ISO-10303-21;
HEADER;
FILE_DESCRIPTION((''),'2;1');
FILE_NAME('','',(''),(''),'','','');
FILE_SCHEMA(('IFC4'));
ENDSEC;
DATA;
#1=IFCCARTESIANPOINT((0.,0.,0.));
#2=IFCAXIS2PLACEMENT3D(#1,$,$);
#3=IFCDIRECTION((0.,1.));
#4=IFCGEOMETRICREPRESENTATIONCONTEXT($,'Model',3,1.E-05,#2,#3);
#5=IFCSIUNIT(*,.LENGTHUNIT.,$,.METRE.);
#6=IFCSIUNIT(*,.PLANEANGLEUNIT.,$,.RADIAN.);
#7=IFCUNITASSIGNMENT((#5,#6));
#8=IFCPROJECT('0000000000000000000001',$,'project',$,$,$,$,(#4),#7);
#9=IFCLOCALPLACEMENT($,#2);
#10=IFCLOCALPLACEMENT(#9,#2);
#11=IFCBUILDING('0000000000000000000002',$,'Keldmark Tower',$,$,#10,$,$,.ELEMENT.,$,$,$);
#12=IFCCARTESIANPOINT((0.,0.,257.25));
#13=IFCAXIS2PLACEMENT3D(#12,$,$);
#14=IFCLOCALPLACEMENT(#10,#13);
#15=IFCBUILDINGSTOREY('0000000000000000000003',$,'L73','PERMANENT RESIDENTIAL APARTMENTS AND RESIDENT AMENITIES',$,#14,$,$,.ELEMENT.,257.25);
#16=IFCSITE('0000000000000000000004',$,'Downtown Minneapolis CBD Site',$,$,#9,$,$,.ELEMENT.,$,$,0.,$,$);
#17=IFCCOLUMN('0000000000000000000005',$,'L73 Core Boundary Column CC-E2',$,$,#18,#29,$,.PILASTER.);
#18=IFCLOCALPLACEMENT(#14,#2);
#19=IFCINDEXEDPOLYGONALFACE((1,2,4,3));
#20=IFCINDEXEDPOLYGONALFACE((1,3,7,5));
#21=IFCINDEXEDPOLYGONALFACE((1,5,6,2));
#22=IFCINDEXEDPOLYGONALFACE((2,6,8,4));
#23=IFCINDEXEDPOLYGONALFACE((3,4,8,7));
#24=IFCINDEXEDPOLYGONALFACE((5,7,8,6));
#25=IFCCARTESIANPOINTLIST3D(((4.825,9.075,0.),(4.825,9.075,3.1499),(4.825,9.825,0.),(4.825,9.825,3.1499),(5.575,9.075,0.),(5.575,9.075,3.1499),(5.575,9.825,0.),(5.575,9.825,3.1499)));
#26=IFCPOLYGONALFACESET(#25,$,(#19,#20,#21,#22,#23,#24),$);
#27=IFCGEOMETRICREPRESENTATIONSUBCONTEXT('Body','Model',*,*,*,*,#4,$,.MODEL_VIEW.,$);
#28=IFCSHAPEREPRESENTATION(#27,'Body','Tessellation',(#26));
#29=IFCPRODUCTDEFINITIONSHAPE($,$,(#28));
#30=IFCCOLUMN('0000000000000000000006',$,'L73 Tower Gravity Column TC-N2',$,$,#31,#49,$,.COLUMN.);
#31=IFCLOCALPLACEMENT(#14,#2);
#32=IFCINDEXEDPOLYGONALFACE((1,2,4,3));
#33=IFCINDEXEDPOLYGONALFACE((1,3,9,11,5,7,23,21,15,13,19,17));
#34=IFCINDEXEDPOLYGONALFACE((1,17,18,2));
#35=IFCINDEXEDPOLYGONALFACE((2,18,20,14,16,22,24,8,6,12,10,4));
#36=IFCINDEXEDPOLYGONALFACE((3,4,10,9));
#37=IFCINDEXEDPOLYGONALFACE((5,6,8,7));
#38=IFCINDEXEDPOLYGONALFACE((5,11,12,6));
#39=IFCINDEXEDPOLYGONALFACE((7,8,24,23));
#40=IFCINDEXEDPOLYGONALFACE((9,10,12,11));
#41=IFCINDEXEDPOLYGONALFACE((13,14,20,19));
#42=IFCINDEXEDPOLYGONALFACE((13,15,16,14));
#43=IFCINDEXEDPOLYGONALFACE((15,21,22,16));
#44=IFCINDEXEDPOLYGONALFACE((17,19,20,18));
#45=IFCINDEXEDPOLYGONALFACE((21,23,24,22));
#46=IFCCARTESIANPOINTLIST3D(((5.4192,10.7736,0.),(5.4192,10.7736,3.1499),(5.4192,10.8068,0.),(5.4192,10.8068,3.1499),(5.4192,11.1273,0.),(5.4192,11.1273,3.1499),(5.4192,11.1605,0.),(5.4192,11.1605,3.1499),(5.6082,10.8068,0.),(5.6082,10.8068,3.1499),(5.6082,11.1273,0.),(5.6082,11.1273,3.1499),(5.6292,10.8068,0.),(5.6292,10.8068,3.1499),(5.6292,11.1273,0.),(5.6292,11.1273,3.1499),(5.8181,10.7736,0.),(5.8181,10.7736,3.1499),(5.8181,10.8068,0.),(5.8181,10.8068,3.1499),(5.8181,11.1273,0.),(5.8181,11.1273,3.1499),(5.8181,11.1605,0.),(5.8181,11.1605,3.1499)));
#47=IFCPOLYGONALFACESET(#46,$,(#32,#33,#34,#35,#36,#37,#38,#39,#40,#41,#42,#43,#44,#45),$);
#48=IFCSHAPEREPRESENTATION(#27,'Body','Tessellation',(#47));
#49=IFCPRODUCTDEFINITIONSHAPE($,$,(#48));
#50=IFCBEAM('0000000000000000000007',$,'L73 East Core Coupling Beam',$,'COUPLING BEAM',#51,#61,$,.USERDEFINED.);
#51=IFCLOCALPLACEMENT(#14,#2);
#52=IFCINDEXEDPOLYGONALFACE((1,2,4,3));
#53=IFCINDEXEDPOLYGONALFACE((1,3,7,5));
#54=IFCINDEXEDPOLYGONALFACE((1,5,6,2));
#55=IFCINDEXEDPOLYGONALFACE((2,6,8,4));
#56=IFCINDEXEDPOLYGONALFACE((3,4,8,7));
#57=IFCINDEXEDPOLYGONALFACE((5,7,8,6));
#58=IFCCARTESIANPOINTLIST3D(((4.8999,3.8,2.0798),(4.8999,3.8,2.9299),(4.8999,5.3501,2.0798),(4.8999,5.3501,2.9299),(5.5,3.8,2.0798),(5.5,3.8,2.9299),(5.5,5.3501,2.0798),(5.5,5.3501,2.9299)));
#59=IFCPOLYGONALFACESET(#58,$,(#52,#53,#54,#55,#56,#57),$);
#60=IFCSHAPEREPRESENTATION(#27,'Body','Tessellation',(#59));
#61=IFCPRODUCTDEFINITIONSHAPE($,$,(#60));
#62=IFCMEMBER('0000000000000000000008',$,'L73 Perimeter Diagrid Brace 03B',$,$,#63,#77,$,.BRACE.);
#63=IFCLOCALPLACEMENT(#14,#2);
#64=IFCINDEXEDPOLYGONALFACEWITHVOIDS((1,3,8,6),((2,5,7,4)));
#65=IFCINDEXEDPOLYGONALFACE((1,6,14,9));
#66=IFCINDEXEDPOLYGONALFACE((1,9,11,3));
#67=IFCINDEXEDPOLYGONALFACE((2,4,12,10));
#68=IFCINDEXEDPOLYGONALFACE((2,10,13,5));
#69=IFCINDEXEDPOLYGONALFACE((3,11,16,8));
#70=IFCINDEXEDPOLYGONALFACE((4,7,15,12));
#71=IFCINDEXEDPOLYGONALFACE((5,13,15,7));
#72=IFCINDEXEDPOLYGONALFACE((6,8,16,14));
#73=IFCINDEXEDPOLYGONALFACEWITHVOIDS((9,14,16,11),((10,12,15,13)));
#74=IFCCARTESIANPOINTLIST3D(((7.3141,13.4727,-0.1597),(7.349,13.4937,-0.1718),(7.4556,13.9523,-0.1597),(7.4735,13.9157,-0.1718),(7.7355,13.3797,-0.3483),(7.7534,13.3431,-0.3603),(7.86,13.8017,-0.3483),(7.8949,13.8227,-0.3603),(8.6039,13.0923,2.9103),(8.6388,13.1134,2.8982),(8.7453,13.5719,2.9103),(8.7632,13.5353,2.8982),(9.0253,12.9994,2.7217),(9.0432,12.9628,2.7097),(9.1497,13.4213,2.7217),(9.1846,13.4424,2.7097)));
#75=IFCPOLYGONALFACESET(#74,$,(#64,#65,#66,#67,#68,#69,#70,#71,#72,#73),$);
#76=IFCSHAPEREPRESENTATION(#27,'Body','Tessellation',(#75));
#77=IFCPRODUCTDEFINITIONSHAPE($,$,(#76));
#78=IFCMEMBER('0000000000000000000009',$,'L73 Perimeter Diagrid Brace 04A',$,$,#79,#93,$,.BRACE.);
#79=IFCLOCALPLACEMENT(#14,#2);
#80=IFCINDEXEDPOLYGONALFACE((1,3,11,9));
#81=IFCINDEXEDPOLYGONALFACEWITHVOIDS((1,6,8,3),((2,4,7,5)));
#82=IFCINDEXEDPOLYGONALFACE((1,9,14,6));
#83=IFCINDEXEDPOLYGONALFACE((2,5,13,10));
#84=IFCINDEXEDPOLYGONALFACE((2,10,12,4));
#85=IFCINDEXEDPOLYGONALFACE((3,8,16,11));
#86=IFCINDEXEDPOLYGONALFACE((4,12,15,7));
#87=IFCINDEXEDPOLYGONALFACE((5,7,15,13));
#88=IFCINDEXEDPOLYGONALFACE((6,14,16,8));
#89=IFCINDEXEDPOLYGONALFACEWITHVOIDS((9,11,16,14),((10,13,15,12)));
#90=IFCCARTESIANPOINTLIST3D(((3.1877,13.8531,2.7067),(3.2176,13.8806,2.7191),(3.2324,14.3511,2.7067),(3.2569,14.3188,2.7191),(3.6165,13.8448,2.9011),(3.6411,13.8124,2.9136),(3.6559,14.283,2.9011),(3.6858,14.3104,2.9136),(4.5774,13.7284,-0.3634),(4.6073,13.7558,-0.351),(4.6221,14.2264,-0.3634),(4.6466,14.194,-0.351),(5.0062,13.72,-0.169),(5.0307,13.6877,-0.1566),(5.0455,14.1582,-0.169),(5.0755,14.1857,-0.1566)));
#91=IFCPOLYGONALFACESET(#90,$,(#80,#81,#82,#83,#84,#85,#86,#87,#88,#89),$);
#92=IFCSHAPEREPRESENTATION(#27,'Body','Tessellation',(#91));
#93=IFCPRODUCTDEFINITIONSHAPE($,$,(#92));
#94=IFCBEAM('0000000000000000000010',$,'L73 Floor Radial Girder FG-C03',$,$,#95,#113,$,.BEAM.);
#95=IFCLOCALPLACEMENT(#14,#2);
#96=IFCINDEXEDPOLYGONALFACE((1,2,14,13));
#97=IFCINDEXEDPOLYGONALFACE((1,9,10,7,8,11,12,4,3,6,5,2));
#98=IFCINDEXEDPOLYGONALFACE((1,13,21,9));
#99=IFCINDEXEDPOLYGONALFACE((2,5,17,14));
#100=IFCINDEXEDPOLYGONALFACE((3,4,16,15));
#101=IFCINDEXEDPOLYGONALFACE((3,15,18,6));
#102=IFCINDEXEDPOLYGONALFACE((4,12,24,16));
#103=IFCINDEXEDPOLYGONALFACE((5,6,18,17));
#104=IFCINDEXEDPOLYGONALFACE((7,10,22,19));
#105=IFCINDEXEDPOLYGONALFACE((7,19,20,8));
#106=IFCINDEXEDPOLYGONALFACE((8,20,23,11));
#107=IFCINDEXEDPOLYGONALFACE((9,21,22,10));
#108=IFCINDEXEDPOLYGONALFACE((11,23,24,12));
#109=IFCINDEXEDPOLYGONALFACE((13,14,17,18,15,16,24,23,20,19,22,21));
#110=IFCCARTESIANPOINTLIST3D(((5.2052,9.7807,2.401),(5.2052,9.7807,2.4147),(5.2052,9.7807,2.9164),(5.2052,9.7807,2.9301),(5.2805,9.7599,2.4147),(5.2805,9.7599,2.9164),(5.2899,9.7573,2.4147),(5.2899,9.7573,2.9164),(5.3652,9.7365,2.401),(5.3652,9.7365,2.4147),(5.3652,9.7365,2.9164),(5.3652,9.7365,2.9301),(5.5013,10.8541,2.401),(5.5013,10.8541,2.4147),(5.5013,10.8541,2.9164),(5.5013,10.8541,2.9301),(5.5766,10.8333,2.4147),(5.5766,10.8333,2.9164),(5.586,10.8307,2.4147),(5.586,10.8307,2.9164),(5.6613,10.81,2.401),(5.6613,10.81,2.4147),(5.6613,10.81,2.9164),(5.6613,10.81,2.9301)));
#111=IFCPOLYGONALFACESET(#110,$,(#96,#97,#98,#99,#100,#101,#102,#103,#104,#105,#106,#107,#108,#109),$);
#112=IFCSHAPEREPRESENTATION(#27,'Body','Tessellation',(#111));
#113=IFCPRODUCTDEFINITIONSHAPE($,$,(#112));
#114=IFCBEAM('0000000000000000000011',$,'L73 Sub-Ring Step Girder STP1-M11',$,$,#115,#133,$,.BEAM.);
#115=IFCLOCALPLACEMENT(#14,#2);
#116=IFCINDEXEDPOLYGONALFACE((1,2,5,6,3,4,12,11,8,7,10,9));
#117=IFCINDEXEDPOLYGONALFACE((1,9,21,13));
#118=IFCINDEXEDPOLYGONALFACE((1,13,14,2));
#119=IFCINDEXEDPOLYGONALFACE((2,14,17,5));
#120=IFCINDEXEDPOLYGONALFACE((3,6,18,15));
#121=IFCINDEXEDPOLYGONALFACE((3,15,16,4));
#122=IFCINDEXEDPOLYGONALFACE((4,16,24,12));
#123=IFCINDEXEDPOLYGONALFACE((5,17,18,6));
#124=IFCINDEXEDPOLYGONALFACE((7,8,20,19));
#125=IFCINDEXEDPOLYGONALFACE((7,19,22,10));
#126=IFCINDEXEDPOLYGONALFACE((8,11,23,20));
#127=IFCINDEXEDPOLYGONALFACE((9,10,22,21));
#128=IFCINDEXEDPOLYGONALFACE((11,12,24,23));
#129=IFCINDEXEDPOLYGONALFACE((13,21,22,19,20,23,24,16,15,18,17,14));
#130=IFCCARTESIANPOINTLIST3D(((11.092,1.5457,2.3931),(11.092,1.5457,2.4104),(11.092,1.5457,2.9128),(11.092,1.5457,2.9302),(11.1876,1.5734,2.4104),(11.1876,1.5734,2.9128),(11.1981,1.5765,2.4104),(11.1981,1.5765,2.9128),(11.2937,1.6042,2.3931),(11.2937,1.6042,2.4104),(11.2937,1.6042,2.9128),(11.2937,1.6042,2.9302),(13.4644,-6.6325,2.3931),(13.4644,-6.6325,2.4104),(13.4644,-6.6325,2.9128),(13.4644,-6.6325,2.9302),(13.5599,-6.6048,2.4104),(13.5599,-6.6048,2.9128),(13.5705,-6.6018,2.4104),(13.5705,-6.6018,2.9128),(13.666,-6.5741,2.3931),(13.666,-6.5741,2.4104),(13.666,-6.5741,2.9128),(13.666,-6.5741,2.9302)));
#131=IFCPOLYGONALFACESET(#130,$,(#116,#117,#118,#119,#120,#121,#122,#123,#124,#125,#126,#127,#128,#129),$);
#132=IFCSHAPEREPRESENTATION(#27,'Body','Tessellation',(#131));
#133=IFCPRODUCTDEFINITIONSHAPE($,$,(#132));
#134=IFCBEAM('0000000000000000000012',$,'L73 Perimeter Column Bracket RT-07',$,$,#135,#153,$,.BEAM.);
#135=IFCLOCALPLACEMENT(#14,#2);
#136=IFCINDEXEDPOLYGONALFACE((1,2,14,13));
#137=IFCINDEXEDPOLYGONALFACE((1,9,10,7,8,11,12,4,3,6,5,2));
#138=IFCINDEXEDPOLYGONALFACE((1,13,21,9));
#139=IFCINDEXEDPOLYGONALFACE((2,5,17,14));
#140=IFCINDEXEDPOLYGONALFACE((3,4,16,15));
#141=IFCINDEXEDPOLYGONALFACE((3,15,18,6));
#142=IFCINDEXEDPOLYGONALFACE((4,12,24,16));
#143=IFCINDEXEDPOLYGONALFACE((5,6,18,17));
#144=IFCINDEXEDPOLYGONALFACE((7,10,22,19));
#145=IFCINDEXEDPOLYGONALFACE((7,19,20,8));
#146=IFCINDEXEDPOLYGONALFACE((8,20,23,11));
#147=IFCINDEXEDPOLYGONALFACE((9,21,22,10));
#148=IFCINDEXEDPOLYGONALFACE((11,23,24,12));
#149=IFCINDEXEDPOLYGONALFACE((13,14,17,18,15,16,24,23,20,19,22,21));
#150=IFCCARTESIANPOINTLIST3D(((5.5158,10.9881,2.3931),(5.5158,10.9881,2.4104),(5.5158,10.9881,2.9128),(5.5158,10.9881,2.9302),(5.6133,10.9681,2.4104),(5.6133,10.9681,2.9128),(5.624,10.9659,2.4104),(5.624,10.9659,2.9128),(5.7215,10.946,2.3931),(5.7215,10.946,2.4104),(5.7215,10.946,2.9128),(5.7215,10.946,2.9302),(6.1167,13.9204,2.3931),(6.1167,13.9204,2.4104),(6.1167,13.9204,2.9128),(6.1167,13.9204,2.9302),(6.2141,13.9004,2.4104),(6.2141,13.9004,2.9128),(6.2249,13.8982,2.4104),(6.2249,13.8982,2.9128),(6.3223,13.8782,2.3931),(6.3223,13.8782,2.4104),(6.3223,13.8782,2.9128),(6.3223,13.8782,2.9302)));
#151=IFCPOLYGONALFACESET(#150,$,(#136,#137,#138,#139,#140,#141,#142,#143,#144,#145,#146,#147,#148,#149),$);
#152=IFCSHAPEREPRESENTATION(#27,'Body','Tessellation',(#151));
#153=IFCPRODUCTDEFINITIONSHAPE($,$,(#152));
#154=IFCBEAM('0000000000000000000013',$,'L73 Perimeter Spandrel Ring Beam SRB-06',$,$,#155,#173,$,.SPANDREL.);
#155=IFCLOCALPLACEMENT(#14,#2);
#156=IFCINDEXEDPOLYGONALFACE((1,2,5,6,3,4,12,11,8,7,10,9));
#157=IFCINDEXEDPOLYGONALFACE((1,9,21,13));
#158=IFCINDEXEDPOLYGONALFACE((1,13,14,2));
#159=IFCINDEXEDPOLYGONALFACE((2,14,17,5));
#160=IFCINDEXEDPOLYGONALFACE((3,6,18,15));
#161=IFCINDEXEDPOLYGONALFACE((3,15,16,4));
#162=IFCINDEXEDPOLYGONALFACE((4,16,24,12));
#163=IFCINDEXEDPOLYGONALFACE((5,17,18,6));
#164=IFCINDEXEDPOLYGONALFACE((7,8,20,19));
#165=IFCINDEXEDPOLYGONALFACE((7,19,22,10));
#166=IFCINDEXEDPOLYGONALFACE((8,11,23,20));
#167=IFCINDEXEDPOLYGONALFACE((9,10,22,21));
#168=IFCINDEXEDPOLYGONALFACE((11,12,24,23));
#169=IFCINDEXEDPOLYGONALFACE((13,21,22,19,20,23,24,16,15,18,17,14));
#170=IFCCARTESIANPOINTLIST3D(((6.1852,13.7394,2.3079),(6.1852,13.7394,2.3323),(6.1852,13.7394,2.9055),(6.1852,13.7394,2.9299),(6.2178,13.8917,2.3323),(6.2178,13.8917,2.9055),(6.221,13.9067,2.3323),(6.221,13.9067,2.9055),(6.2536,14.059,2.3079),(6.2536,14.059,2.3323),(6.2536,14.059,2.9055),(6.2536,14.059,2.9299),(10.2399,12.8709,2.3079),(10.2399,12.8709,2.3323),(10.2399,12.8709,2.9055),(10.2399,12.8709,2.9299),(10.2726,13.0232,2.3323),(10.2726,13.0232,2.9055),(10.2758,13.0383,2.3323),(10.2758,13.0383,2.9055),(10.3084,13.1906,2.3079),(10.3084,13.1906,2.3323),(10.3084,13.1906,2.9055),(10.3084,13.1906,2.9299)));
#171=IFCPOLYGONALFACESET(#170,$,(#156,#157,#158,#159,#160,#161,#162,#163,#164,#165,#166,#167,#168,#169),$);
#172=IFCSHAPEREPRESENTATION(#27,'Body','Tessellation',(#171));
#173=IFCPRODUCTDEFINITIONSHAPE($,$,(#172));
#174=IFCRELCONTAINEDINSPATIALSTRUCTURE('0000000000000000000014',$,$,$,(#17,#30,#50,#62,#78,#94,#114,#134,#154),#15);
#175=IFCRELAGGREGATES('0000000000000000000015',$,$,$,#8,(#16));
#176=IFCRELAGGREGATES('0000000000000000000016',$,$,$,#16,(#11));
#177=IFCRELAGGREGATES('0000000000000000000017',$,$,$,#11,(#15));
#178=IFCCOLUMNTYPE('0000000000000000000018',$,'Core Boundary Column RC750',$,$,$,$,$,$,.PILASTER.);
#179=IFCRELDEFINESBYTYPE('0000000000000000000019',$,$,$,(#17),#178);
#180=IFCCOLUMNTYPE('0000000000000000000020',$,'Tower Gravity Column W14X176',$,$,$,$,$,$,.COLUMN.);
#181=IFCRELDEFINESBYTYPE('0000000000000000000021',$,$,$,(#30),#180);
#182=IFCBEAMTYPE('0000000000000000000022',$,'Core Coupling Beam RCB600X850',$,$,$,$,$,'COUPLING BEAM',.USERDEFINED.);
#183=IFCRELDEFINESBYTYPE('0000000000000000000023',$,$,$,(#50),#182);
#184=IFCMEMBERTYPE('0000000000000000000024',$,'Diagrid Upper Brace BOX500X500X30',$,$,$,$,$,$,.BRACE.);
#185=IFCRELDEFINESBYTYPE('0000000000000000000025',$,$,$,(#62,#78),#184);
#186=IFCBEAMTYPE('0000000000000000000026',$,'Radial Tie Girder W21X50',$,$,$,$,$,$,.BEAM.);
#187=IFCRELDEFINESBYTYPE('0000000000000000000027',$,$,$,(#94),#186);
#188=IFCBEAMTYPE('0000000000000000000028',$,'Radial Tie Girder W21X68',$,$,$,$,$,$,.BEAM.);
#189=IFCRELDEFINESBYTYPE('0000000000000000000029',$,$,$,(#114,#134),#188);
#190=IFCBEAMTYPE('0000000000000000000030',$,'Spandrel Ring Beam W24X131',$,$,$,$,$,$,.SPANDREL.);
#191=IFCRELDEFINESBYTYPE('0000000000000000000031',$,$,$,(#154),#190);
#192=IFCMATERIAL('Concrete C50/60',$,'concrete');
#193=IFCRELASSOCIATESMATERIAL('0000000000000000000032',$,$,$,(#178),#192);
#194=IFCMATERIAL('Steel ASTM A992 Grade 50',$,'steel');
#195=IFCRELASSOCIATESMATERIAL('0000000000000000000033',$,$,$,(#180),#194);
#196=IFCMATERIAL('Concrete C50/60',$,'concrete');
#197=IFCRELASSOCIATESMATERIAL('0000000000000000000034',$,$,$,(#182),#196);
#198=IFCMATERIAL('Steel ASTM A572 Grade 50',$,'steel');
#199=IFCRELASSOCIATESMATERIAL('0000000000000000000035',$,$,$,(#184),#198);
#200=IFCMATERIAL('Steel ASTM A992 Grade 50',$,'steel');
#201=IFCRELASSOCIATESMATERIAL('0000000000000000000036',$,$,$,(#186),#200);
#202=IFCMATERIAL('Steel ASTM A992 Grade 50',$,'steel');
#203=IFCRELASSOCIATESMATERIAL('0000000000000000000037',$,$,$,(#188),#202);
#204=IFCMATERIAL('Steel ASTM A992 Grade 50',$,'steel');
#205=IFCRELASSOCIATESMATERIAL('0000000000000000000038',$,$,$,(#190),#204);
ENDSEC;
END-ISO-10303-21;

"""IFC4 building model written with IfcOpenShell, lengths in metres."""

from ifc_helpers import new_model, si_unit, direction, frame, origin, origin_2d, place, context, subcontext, project, spatial, rectangle, hollow_rectangle, i_section, extrude, material, material_profile, profile_set, type_object, element, save


model = new_model("IFC4")

# Units and contexts
model_context = context("Model", 3, precision=1e-05, world=origin(), true_north=direction((0.0, 1.0)))
body_context = subcontext(model_context, "Body", "Model", "MODEL_VIEW")
ifc_project = project(units=[si_unit("LENGTHUNIT", "METRE"), si_unit("PLANEANGLEUNIT", "RADIAN")], contexts=[model_context])

# Site, building, storey
site_placement = place(None, origin())
site = spatial("IfcSite", under=ifc_project, at=site_placement, Name="Downtown Minneapolis CBD Site", CompositionType="ELEMENT", RefElevation=0.0)
building_placement = place(site_placement, origin())
building = spatial("IfcBuilding", under=site, at=building_placement, Name="Keldmark Tower", CompositionType="ELEMENT")
storey_placement = place(building_placement, frame((0.0, 0.0, 257.25)))
storey = spatial("IfcBuildingStorey", under=building, at=storey_placement, Name="L73", Description="PERMANENT RESIDENTIAL APARTMENTS AND RESIDENT AMENITIES", CompositionType="ELEMENT", Elevation=257.25)

# Columns
ifc_material_1 = material(Name="Concrete C50/60", Category="concrete")
ifc_material_profile_1 = material_profile(ifc_material_1, rectangle(XDim=0.75, YDim=0.75, at=origin_2d()), Name="RC750X750")
ifc_profile_set_1 = profile_set([ifc_material_profile_1], Name="Concrete C50/60")
column_type_1 = type_object("IfcColumnType", Name="Core Boundary Column RC750", PredefinedType="PILASTER", material=ifc_profile_set_1)
column_1_placement = place(storey_placement, frame((5.2, 9.45, 0.0), z_axis=(0.0, 0.0, 1.0), x_axis=(1.0, 0.0, 0.0)))
element("IfcColumn", 1, at=column_1_placement, inside=storey, type_object=column_type_1, Name="L73 Core Boundary Column CC-E2", PredefinedType="PILASTER", context=body_context, shape_type="SweptSolid", body=[
    extrude(rectangle(XDim=0.75, YDim=0.75, at=origin_2d()), origin(), (0.0, 0.0, 1.0), 3.1499),
])
ifc_material_2 = material(Name="Steel ASTM A992 Grade 50", Category="steel")
ifc_material_profile_2 = material_profile(ifc_material_2, i_section(OverallWidth=0.3989, OverallDepth=0.387, WebThickness=0.021, FlangeThickness=0.0332, at=origin_2d()), Name="W14X176")
ifc_profile_set_2 = profile_set([ifc_material_profile_2], Name="Steel ASTM A992 Grade 50")
column_type_2 = type_object("IfcColumnType", Name="Tower Gravity Column W14X176", PredefinedType="COLUMN", material=ifc_profile_set_2)
column_2_placement = place(storey_placement, frame((5.6187, 10.967, 0.0), z_axis=(0.0, 0.0, 1.0), x_axis=(1.0, 0.0, 0.0)))
element("IfcColumn", 2, at=column_2_placement, inside=storey, type_object=column_type_2, Name="L73 Tower Gravity Column TC-N2", PredefinedType="COLUMN", context=body_context, shape_type="SweptSolid", body=[
    extrude(i_section(OverallWidth=0.3989, OverallDepth=0.387, WebThickness=0.021, FlangeThickness=0.0332, at=origin_2d()), origin(), (0.0, 0.0, 1.0), 3.1499),
])

# Beam
ifc_material_3 = material(Name="Concrete C50/60", Category="concrete")
ifc_material_profile_3 = material_profile(ifc_material_3, rectangle(XDim=0.6001, YDim=0.8501, at=origin_2d()), Name="RCB600X850")
ifc_profile_set_3 = profile_set([ifc_material_profile_3], Name="Concrete C50/60")
beam_type_1 = type_object("IfcBeamType", Name="Core Coupling Beam RCB600X850", ElementType="COUPLING BEAM", PredefinedType="USERDEFINED", material=ifc_profile_set_3)
beam_1_placement = place(storey_placement, frame((5.2, 3.8, 2.5049), z_axis=(0.0, 1.0, 0.0), x_axis=(-1.0, 0.0, 0.0)))
element("IfcBeam", 3, at=beam_1_placement, inside=storey, type_object=beam_type_1, Name="L73 East Core Coupling Beam", ObjectType="COUPLING BEAM", PredefinedType="USERDEFINED", context=body_context, shape_type="SweptSolid", body=[
    extrude(rectangle(XDim=0.6001, YDim=0.8501, at=origin_2d()), origin(), (0.0, 0.0, 1.0), 1.55),
])

# Members
ifc_material_4 = material(Name="Steel ASTM A572 Grade 50", Category="steel")
ifc_material_profile_4 = material_profile(ifc_material_4, hollow_rectangle(XDim=0.5, YDim=0.5, WallThickness=0.03, at=origin_2d()), Name="BOX500X500X30")
ifc_profile_set_4 = profile_set([ifc_material_profile_4], Name="Steel ASTM A572 Grade 50")
member_type = type_object("IfcMemberType", Name="Diagrid Upper Brace BOX500X500X30", PredefinedType="BRACE", material=ifc_profile_set_4)
member_1_placement = place(storey_placement, frame((7.6045, 13.6477, -0.26), z_axis=(0.384824, -0.113488, 0.915987), x_axis=(0.282864, 0.95916, 0.0)))
element("IfcMember", 4, at=member_1_placement, inside=storey, type_object=member_type, Name="L73 Perimeter Diagrid Brace 03B", PredefinedType="BRACE", context=body_context, shape_type="SweptSolid", body=[
    extrude(hollow_rectangle(XDim=0.5, YDim=0.5, WallThickness=0.03, at=origin_2d()), origin(), (0.0, 0.0, 1.0), 3.3516),
])
member_2_placement = place(storey_placement, frame((4.8264, 13.957, -0.26), z_axis=(-0.412085, 0.036995, 0.910394), x_axis=(-0.089416, -0.995994, 0.0)))
element("IfcMember", 5, at=member_2_placement, inside=storey, type_object=member_type, Name="L73 Perimeter Diagrid Brace 04A", PredefinedType="BRACE", context=body_context, shape_type="SweptSolid", body=[
    extrude(hollow_rectangle(XDim=0.5, YDim=0.5, WallThickness=0.03, at=origin_2d()), origin(), (0.0, 0.0, 1.0), 3.3723),
])

# Beams
ifc_material_5 = material(Name="Steel ASTM A992 Grade 50", Category="steel")
ifc_material_profile_5 = material_profile(ifc_material_5, i_section(OverallWidth=0.166, OverallDepth=0.5291, WebThickness=0.0098, FlangeThickness=0.0137, at=origin_2d()), Name="W21X50")
ifc_profile_set_5 = profile_set([ifc_material_profile_5], Name="Steel ASTM A992 Grade 50")
beam_type_2 = type_object("IfcBeamType", Name="Radial Tie Girder W21X50", PredefinedType="BEAM", material=ifc_profile_set_5)
beam_2_placement = place(storey_placement, frame((5.5813, 10.832, 2.6655), z_axis=(-0.265936, -0.963991, 0.0), x_axis=(0.963991, -0.265936, 0.0)))
element("IfcBeam", 6, at=beam_2_placement, inside=storey, type_object=beam_type_2, Name="L73 Floor Radial Girder FG-C03", PredefinedType="BEAM", context=body_context, shape_type="SweptSolid", body=[
    extrude(i_section(OverallWidth=0.166, OverallDepth=0.5291, WebThickness=0.0098, FlangeThickness=0.0137, at=origin_2d()), origin(), (0.0, 0.0, 1.0), 1.1135),
])
ifc_material_6 = material(Name="Steel ASTM A992 Grade 50", Category="steel")
ifc_material_profile_6 = material_profile(ifc_material_6, i_section(OverallWidth=0.21, OverallDepth=0.5371, WebThickness=0.011, FlangeThickness=0.0173, at=origin_2d()), Name="W21X68")
ifc_profile_set_6 = profile_set([ifc_material_profile_6], Name="Steel ASTM A992 Grade 50")
beam_type_3 = type_object("IfcBeamType", Name="Radial Tie Girder W21X68", PredefinedType="BEAM", material=ifc_profile_set_6)
beam_3_placement = place(storey_placement, frame((11.1929, 1.575, 2.6616), z_axis=(0.278593, -0.960409, 0.0), x_axis=(0.960409, 0.278593, 0.0)))
element("IfcBeam", 7, at=beam_3_placement, inside=storey, type_object=beam_type_3, Name="L73 Sub-Ring Step Girder STP1-M11", PredefinedType="BEAM", context=body_context, shape_type="SweptSolid", body=[
    extrude(i_section(OverallWidth=0.21, OverallDepth=0.5371, WebThickness=0.011, FlangeThickness=0.0173, at=origin_2d()), origin(), (0.0, 0.0, 1.0), 8.5154),
])
beam_4_placement = place(storey_placement, frame((5.6187, 10.967, 2.6616), z_axis=(0.200741, 0.979644, 0.0), x_axis=(-0.979644, 0.200741, 0.0)))
element("IfcBeam", 8, at=beam_4_placement, inside=storey, type_object=beam_type_3, Name="L73 Perimeter Column Bracket RT-07", PredefinedType="BEAM", context=body_context, shape_type="SweptSolid", body=[
    extrude(i_section(OverallWidth=0.21, OverallDepth=0.5371, WebThickness=0.011, FlangeThickness=0.0173, at=origin_2d()), origin(), (0.0, 0.0, 1.0), 2.9932),
])
ifc_material_7 = material(Name="Steel ASTM A992 Grade 50", Category="steel")
ifc_material_profile_7 = material_profile(ifc_material_7, i_section(OverallWidth=0.3269, OverallDepth=0.6221, WebThickness=0.0154, FlangeThickness=0.0244, at=origin_2d()), Name="W24X131")
ifc_profile_set_7 = profile_set([ifc_material_profile_7], Name="Steel ASTM A992 Grade 50")
beam_type_4 = type_object("IfcBeamType", Name="Spandrel Ring Beam W24X131", PredefinedType="SPANDREL", material=ifc_profile_set_7)
beam_5_placement = place(storey_placement, frame((10.2742, 13.0308, 2.6189), z_axis=(-0.977825, 0.209425, 0.0), x_axis=(-0.209425, -0.977825, 0.0)))
element("IfcBeam", 9, at=beam_5_placement, inside=storey, type_object=beam_type_4, Name="L73 Perimeter Spandrel Ring Beam SRB-06", PredefinedType="SPANDREL", context=body_context, shape_type="SweptSolid", body=[
    extrude(i_section(OverallWidth=0.3269, OverallDepth=0.6221, WebThickness=0.0154, FlangeThickness=0.0244, at=origin_2d()), origin(), (0.0, 0.0, 1.0), 4.1467),
])

save(model, "model.ifc")
